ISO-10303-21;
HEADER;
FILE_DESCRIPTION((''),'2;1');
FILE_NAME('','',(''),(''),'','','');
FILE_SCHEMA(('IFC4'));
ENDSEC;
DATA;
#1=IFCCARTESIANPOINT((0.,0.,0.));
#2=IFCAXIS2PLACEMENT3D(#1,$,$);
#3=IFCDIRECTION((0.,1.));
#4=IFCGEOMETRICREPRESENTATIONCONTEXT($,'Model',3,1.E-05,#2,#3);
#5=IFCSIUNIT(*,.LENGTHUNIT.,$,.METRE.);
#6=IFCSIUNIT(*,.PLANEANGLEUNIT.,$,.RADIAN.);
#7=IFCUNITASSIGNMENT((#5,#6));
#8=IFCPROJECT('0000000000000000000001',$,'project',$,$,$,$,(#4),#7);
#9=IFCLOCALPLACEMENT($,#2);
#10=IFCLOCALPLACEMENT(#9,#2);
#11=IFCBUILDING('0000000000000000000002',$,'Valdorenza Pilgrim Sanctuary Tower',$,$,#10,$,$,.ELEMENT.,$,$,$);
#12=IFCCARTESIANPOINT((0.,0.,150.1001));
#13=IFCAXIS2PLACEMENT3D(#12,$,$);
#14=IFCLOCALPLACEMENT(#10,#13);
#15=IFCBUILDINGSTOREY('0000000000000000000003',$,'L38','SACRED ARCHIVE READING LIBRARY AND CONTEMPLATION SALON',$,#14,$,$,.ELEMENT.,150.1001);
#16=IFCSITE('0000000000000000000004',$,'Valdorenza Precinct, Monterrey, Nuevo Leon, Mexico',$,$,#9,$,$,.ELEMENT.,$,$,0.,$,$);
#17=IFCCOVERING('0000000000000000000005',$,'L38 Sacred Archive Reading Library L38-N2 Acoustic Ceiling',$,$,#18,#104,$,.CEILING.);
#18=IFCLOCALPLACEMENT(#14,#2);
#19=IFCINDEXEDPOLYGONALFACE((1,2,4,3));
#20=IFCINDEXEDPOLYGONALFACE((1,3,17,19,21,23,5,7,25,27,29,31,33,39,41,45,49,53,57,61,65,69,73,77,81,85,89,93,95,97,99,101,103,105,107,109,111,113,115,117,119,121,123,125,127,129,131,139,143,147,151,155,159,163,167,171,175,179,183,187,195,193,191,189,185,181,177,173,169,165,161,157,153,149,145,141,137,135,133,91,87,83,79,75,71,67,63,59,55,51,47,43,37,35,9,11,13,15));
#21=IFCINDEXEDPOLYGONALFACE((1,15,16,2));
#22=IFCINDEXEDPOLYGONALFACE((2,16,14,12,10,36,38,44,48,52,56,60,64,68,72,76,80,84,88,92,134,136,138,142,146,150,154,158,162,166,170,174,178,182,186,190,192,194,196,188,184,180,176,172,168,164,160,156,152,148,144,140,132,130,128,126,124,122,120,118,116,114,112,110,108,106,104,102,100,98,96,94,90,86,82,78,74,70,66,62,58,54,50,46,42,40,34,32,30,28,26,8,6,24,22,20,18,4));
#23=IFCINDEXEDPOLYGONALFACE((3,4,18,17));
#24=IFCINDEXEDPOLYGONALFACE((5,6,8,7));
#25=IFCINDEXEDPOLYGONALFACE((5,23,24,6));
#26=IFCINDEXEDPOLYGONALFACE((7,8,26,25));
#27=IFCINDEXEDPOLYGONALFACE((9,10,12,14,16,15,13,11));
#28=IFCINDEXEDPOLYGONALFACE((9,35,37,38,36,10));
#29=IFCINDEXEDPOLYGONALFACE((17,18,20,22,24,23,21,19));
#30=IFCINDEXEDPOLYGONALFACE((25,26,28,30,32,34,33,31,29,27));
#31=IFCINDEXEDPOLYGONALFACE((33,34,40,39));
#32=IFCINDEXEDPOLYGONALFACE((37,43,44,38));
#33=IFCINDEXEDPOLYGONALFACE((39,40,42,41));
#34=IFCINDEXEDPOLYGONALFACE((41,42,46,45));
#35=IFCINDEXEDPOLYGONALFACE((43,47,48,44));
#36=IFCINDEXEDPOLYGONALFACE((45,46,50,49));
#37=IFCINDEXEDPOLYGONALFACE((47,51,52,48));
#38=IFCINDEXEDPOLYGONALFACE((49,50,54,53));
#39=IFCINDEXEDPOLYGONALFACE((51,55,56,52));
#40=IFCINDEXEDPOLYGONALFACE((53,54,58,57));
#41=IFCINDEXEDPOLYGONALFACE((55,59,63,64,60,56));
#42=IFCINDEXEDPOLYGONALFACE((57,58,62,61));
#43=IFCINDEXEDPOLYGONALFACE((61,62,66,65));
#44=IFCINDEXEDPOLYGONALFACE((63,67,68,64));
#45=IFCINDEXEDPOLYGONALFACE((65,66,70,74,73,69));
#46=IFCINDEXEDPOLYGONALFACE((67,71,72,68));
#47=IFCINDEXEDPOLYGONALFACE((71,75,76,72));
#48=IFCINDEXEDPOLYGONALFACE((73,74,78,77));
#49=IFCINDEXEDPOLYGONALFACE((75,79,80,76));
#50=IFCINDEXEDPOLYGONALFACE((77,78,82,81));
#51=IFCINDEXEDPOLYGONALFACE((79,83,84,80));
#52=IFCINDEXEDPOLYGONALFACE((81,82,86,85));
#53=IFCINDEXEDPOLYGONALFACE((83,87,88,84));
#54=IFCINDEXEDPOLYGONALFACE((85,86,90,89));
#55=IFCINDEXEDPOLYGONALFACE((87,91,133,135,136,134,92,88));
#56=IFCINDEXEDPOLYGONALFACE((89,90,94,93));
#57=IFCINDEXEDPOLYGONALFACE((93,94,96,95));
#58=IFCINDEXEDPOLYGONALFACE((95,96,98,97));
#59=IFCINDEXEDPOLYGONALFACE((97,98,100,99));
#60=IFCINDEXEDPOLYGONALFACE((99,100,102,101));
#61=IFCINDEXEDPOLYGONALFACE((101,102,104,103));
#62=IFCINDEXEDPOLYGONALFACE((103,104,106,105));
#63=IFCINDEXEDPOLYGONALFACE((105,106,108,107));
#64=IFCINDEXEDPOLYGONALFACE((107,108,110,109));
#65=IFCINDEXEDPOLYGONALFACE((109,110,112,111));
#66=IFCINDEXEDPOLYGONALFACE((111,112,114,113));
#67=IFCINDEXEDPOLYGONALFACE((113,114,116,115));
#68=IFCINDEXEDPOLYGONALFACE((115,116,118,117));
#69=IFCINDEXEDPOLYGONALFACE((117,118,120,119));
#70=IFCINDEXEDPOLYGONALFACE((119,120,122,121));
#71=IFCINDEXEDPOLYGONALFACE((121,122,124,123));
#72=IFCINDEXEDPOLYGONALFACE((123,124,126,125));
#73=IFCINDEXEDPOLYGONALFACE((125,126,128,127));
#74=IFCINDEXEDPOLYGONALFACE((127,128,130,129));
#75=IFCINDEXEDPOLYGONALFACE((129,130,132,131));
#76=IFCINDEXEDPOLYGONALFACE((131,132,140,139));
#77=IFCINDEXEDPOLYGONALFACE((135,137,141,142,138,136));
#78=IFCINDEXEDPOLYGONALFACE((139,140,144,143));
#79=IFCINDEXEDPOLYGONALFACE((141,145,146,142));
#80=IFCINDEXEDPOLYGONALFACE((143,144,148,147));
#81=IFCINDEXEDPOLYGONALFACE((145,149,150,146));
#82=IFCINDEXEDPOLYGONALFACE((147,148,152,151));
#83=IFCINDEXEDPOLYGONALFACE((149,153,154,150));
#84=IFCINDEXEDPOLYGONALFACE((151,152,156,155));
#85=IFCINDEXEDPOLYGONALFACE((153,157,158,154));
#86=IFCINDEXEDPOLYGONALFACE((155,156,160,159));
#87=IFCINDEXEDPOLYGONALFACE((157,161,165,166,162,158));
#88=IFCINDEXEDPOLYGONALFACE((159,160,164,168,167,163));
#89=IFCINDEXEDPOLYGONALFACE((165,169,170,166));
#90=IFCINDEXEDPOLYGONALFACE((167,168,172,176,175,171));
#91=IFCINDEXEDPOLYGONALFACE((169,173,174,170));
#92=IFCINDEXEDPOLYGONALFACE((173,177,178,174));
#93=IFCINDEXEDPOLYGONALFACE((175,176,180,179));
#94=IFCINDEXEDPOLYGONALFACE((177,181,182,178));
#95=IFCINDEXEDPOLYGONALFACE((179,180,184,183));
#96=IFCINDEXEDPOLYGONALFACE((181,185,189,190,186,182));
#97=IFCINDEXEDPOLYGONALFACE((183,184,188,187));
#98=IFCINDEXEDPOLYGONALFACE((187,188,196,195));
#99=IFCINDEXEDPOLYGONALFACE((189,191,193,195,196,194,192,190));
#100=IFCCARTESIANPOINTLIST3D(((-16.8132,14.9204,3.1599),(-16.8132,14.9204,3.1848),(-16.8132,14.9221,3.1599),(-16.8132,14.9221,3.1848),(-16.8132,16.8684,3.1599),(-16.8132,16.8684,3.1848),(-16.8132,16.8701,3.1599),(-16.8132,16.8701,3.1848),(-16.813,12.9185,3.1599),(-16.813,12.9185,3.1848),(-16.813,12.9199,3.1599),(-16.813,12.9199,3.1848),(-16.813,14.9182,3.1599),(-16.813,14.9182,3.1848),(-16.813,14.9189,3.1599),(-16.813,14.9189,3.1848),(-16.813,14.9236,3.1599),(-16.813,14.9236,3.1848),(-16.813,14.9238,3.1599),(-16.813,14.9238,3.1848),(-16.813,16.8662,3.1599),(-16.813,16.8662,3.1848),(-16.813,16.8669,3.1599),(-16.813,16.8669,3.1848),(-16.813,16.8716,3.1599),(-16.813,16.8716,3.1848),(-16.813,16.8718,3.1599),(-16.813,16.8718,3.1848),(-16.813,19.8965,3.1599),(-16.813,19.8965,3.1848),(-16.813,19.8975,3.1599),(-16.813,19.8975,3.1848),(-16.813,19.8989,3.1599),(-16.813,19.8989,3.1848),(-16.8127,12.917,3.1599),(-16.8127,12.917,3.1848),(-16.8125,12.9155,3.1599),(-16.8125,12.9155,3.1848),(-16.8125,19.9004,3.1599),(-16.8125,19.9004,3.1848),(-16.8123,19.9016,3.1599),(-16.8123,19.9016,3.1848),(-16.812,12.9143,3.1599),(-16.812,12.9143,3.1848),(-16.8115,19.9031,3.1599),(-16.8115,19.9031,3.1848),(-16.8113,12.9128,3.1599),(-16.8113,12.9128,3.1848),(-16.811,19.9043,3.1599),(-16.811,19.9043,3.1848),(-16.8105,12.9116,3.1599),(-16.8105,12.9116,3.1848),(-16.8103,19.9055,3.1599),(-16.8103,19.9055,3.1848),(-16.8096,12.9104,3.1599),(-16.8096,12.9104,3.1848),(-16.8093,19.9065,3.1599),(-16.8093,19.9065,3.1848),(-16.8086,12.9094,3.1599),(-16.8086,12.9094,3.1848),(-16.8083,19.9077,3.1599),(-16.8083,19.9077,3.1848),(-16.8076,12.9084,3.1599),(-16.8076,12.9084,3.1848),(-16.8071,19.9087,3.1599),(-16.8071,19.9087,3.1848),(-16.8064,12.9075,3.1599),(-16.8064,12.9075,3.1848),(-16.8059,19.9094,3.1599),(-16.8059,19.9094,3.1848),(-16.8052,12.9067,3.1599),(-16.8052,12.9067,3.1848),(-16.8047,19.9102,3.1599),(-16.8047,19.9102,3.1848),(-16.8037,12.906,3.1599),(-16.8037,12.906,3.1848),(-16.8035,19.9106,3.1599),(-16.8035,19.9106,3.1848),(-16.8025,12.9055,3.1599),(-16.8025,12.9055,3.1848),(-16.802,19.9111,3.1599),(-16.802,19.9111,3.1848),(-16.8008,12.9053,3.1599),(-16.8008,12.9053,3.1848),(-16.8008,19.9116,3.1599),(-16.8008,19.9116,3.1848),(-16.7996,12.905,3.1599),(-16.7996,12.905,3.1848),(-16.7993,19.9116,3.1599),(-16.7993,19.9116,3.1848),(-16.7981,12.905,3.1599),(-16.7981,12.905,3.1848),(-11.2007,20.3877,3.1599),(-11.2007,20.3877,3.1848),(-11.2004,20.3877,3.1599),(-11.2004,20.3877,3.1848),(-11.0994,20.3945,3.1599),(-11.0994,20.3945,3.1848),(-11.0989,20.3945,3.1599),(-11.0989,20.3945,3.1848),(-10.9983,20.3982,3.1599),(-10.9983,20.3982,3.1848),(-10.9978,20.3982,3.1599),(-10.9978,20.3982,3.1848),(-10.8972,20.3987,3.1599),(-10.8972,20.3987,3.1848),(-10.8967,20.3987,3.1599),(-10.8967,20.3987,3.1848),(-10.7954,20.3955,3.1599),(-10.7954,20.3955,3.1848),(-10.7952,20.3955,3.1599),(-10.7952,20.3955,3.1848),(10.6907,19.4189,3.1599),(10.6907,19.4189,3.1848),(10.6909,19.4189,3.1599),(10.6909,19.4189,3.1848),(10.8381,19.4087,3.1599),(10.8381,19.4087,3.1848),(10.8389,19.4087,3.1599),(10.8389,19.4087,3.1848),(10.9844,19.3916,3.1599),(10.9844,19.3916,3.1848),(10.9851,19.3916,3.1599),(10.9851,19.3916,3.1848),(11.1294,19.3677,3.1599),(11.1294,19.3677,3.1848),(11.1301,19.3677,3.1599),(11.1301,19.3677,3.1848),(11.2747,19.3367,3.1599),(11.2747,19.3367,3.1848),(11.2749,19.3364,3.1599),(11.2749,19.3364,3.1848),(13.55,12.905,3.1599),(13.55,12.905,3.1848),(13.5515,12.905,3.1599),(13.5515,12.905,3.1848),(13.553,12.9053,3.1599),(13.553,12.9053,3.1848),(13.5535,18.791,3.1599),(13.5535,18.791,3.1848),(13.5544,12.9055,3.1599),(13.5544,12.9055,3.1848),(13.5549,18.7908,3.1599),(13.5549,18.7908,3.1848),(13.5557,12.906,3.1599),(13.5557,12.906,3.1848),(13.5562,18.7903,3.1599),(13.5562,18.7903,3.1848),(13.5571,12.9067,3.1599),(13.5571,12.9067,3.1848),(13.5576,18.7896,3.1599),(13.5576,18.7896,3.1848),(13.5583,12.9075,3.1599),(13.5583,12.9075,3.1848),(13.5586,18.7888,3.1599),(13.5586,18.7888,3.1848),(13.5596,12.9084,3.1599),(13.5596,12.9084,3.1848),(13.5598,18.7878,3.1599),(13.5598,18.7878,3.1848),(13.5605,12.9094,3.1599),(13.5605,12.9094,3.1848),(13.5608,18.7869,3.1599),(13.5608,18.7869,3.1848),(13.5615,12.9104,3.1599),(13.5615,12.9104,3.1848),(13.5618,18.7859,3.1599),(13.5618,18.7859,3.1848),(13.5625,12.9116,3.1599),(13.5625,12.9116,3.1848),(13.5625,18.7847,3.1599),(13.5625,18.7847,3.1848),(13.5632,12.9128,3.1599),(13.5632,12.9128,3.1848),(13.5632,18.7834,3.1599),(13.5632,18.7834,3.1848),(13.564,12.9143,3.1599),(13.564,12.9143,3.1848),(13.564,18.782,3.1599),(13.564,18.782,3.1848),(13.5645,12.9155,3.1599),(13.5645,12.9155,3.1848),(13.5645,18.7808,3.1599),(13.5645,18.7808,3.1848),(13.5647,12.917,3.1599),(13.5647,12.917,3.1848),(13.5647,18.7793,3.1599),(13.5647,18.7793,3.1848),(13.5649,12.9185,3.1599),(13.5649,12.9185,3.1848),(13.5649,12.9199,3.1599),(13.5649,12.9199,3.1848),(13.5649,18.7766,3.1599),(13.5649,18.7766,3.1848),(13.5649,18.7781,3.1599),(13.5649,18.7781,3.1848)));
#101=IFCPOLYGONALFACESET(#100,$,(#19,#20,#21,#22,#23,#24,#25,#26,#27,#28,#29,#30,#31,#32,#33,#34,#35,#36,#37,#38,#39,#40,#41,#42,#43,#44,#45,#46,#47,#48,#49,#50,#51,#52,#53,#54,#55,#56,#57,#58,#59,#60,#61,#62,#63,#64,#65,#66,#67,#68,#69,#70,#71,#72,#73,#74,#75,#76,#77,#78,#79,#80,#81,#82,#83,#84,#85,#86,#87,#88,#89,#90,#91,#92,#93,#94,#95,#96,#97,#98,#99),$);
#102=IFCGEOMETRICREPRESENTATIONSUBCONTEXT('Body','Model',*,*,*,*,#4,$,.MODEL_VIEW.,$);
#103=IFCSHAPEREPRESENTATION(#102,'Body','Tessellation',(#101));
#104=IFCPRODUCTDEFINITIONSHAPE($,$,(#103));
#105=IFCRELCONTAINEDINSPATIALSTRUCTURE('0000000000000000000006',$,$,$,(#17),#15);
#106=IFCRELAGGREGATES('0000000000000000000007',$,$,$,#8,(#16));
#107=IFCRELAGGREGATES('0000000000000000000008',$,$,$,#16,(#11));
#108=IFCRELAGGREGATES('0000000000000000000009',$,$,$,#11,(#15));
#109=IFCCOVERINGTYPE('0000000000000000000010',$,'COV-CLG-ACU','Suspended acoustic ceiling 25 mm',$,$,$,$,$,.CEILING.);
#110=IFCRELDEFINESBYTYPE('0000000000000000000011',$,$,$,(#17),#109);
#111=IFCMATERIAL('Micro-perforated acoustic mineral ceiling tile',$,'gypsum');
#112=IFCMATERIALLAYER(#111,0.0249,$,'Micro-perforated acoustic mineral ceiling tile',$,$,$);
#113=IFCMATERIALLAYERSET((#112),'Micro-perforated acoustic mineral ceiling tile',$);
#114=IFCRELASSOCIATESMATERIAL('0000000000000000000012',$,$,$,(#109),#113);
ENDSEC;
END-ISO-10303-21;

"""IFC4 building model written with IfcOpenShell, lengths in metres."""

from ifc_helpers import new_model, si_unit, direction, frame, origin, place, context, subcontext, project, spatial, polyline, outline, extrude, material, layer, layer_set, type_object, element, save


model = new_model("IFC4")

# Units and contexts
model_context = context("Model", 3, precision=1e-05, world=origin(), true_north=direction((0.0, 1.0)))
body_context = subcontext(model_context, "Body", "Model", "MODEL_VIEW")
ifc_project = project(units=[si_unit("LENGTHUNIT", "METRE"), si_unit("PLANEANGLEUNIT", "RADIAN")], contexts=[model_context])

# Site, building, storey
site_placement = place(None, origin())
site = spatial("IfcSite", under=ifc_project, at=site_placement, Name="Valdorenza Precinct, Monterrey, Nuevo Leon, Mexico", CompositionType="ELEMENT", RefElevation=0.0)
building_placement = place(site_placement, origin())
building = spatial("IfcBuilding", under=site, at=building_placement, Name="Valdorenza Pilgrim Sanctuary Tower", CompositionType="ELEMENT")
storey_placement = place(building_placement, frame((0.0, 0.0, 150.1001)))
storey = spatial("IfcBuildingStorey", under=building, at=storey_placement, Name="L38", Description="SACRED ARCHIVE READING LIBRARY AND CONTEMPLATION SALON", CompositionType="ELEMENT", Elevation=150.1001)

# Covering
ifc_material_1 = material(Name="Micro-perforated acoustic mineral ceiling tile", Category="gypsum")
ifc_layer_1 = layer(ifc_material_1, 0.0249, Name="Micro-perforated acoustic mineral ceiling tile")
ifc_layer_set_1 = layer_set([ifc_layer_1], Name="Micro-perforated acoustic mineral ceiling tile")
covering_type_1 = type_object("IfcCoveringType", Name="COV-CLG-ACU", Description="Suspended acoustic ceiling 25 mm", PredefinedType="CEILING", material=ifc_layer_set_1)
covering_1_placement = place(storey_placement, frame((0.0, 0.0, 3.1599)))
element("IfcCovering", 1, at=covering_1_placement, inside=storey, type_object=covering_type_1, Name="L38 Sacred Archive Reading Library L38-N2 Acoustic Ceiling", PredefinedType="CEILING", context=body_context, shape_type="SweptSolid", body=[
    extrude(outline(polyline([(-16.813, 14.9182), (-16.813, 14.9189), (-16.8132, 14.9204), (-16.8132, 14.9221), (-16.813, 14.9236), (-16.813, 14.9238), (-16.813, 16.8662), (-16.813, 16.8669), (-16.8132, 16.8684), (-16.8132, 16.8701), (-16.813, 16.8716), (-16.813, 16.8718), (-16.813, 19.8965), (-16.813, 19.8965), (-16.813, 19.8975), (-16.813, 19.8989), (-16.8125, 19.9004), (-16.8123, 19.9016), (-16.8115, 19.9031), (-16.811, 19.9043), (-16.8103, 19.9055), (-16.8093, 19.9065), (-16.8083, 19.9077), (-16.8071, 19.9087), (-16.8059, 19.9094), (-16.8047, 19.9102), (-16.8035, 19.9106), (-16.802, 19.9111), (-16.8008, 19.9116), (-16.7993, 19.9116), (-11.2007, 20.3877), (-11.2004, 20.3877), (-11.0994, 20.3945), (-11.0989, 20.3945), (-10.9983, 20.3982), (-10.9978, 20.3982), (-10.8972, 20.3987), (-10.8967, 20.3987), (-10.7954, 20.3955), (-10.7952, 20.3955), (10.6907, 19.4189), (10.6909, 19.4189), (10.8381, 19.4087), (10.8389, 19.4087), (10.9844, 19.3916), (10.9851, 19.3916), (11.1294, 19.3677), (11.1301, 19.3677), (11.2747, 19.3367), (11.2749, 19.3364), (13.5535, 18.791), (13.5549, 18.7908), (13.5562, 18.7903), (13.5576, 18.7896), (13.5586, 18.7888), (13.5598, 18.7878), (13.5608, 18.7869), (13.5618, 18.7859), (13.5625, 18.7847), (13.5632, 18.7834), (13.564, 18.782), (13.5645, 18.7808), (13.5647, 18.7793), (13.5649, 18.7781), (13.5649, 18.7766), (13.5649, 12.9199), (13.5649, 12.9185), (13.5647, 12.917), (13.5645, 12.9155), (13.564, 12.9143), (13.5632, 12.9128), (13.5625, 12.9116), (13.5615, 12.9104), (13.5605, 12.9094), (13.5596, 12.9084), (13.5583, 12.9075), (13.5571, 12.9067), (13.5557, 12.906), (13.5544, 12.9055), (13.553, 12.9053), (13.5515, 12.905), (13.55, 12.905), (-16.7981, 12.905), (-16.7996, 12.905), (-16.8008, 12.9053), (-16.8025, 12.9055), (-16.8037, 12.906), (-16.8052, 12.9067), (-16.8064, 12.9075), (-16.8076, 12.9084), (-16.8086, 12.9094), (-16.8096, 12.9104), (-16.8105, 12.9116), (-16.8113, 12.9128), (-16.812, 12.9143), (-16.8125, 12.9155), (-16.8127, 12.917), (-16.813, 12.9185), (-16.813, 12.9199), (-16.813, 14.9182)])), origin(), (0.0, 0.0, 1.0), 0.0249),
])

save(model, "model.ifc")
